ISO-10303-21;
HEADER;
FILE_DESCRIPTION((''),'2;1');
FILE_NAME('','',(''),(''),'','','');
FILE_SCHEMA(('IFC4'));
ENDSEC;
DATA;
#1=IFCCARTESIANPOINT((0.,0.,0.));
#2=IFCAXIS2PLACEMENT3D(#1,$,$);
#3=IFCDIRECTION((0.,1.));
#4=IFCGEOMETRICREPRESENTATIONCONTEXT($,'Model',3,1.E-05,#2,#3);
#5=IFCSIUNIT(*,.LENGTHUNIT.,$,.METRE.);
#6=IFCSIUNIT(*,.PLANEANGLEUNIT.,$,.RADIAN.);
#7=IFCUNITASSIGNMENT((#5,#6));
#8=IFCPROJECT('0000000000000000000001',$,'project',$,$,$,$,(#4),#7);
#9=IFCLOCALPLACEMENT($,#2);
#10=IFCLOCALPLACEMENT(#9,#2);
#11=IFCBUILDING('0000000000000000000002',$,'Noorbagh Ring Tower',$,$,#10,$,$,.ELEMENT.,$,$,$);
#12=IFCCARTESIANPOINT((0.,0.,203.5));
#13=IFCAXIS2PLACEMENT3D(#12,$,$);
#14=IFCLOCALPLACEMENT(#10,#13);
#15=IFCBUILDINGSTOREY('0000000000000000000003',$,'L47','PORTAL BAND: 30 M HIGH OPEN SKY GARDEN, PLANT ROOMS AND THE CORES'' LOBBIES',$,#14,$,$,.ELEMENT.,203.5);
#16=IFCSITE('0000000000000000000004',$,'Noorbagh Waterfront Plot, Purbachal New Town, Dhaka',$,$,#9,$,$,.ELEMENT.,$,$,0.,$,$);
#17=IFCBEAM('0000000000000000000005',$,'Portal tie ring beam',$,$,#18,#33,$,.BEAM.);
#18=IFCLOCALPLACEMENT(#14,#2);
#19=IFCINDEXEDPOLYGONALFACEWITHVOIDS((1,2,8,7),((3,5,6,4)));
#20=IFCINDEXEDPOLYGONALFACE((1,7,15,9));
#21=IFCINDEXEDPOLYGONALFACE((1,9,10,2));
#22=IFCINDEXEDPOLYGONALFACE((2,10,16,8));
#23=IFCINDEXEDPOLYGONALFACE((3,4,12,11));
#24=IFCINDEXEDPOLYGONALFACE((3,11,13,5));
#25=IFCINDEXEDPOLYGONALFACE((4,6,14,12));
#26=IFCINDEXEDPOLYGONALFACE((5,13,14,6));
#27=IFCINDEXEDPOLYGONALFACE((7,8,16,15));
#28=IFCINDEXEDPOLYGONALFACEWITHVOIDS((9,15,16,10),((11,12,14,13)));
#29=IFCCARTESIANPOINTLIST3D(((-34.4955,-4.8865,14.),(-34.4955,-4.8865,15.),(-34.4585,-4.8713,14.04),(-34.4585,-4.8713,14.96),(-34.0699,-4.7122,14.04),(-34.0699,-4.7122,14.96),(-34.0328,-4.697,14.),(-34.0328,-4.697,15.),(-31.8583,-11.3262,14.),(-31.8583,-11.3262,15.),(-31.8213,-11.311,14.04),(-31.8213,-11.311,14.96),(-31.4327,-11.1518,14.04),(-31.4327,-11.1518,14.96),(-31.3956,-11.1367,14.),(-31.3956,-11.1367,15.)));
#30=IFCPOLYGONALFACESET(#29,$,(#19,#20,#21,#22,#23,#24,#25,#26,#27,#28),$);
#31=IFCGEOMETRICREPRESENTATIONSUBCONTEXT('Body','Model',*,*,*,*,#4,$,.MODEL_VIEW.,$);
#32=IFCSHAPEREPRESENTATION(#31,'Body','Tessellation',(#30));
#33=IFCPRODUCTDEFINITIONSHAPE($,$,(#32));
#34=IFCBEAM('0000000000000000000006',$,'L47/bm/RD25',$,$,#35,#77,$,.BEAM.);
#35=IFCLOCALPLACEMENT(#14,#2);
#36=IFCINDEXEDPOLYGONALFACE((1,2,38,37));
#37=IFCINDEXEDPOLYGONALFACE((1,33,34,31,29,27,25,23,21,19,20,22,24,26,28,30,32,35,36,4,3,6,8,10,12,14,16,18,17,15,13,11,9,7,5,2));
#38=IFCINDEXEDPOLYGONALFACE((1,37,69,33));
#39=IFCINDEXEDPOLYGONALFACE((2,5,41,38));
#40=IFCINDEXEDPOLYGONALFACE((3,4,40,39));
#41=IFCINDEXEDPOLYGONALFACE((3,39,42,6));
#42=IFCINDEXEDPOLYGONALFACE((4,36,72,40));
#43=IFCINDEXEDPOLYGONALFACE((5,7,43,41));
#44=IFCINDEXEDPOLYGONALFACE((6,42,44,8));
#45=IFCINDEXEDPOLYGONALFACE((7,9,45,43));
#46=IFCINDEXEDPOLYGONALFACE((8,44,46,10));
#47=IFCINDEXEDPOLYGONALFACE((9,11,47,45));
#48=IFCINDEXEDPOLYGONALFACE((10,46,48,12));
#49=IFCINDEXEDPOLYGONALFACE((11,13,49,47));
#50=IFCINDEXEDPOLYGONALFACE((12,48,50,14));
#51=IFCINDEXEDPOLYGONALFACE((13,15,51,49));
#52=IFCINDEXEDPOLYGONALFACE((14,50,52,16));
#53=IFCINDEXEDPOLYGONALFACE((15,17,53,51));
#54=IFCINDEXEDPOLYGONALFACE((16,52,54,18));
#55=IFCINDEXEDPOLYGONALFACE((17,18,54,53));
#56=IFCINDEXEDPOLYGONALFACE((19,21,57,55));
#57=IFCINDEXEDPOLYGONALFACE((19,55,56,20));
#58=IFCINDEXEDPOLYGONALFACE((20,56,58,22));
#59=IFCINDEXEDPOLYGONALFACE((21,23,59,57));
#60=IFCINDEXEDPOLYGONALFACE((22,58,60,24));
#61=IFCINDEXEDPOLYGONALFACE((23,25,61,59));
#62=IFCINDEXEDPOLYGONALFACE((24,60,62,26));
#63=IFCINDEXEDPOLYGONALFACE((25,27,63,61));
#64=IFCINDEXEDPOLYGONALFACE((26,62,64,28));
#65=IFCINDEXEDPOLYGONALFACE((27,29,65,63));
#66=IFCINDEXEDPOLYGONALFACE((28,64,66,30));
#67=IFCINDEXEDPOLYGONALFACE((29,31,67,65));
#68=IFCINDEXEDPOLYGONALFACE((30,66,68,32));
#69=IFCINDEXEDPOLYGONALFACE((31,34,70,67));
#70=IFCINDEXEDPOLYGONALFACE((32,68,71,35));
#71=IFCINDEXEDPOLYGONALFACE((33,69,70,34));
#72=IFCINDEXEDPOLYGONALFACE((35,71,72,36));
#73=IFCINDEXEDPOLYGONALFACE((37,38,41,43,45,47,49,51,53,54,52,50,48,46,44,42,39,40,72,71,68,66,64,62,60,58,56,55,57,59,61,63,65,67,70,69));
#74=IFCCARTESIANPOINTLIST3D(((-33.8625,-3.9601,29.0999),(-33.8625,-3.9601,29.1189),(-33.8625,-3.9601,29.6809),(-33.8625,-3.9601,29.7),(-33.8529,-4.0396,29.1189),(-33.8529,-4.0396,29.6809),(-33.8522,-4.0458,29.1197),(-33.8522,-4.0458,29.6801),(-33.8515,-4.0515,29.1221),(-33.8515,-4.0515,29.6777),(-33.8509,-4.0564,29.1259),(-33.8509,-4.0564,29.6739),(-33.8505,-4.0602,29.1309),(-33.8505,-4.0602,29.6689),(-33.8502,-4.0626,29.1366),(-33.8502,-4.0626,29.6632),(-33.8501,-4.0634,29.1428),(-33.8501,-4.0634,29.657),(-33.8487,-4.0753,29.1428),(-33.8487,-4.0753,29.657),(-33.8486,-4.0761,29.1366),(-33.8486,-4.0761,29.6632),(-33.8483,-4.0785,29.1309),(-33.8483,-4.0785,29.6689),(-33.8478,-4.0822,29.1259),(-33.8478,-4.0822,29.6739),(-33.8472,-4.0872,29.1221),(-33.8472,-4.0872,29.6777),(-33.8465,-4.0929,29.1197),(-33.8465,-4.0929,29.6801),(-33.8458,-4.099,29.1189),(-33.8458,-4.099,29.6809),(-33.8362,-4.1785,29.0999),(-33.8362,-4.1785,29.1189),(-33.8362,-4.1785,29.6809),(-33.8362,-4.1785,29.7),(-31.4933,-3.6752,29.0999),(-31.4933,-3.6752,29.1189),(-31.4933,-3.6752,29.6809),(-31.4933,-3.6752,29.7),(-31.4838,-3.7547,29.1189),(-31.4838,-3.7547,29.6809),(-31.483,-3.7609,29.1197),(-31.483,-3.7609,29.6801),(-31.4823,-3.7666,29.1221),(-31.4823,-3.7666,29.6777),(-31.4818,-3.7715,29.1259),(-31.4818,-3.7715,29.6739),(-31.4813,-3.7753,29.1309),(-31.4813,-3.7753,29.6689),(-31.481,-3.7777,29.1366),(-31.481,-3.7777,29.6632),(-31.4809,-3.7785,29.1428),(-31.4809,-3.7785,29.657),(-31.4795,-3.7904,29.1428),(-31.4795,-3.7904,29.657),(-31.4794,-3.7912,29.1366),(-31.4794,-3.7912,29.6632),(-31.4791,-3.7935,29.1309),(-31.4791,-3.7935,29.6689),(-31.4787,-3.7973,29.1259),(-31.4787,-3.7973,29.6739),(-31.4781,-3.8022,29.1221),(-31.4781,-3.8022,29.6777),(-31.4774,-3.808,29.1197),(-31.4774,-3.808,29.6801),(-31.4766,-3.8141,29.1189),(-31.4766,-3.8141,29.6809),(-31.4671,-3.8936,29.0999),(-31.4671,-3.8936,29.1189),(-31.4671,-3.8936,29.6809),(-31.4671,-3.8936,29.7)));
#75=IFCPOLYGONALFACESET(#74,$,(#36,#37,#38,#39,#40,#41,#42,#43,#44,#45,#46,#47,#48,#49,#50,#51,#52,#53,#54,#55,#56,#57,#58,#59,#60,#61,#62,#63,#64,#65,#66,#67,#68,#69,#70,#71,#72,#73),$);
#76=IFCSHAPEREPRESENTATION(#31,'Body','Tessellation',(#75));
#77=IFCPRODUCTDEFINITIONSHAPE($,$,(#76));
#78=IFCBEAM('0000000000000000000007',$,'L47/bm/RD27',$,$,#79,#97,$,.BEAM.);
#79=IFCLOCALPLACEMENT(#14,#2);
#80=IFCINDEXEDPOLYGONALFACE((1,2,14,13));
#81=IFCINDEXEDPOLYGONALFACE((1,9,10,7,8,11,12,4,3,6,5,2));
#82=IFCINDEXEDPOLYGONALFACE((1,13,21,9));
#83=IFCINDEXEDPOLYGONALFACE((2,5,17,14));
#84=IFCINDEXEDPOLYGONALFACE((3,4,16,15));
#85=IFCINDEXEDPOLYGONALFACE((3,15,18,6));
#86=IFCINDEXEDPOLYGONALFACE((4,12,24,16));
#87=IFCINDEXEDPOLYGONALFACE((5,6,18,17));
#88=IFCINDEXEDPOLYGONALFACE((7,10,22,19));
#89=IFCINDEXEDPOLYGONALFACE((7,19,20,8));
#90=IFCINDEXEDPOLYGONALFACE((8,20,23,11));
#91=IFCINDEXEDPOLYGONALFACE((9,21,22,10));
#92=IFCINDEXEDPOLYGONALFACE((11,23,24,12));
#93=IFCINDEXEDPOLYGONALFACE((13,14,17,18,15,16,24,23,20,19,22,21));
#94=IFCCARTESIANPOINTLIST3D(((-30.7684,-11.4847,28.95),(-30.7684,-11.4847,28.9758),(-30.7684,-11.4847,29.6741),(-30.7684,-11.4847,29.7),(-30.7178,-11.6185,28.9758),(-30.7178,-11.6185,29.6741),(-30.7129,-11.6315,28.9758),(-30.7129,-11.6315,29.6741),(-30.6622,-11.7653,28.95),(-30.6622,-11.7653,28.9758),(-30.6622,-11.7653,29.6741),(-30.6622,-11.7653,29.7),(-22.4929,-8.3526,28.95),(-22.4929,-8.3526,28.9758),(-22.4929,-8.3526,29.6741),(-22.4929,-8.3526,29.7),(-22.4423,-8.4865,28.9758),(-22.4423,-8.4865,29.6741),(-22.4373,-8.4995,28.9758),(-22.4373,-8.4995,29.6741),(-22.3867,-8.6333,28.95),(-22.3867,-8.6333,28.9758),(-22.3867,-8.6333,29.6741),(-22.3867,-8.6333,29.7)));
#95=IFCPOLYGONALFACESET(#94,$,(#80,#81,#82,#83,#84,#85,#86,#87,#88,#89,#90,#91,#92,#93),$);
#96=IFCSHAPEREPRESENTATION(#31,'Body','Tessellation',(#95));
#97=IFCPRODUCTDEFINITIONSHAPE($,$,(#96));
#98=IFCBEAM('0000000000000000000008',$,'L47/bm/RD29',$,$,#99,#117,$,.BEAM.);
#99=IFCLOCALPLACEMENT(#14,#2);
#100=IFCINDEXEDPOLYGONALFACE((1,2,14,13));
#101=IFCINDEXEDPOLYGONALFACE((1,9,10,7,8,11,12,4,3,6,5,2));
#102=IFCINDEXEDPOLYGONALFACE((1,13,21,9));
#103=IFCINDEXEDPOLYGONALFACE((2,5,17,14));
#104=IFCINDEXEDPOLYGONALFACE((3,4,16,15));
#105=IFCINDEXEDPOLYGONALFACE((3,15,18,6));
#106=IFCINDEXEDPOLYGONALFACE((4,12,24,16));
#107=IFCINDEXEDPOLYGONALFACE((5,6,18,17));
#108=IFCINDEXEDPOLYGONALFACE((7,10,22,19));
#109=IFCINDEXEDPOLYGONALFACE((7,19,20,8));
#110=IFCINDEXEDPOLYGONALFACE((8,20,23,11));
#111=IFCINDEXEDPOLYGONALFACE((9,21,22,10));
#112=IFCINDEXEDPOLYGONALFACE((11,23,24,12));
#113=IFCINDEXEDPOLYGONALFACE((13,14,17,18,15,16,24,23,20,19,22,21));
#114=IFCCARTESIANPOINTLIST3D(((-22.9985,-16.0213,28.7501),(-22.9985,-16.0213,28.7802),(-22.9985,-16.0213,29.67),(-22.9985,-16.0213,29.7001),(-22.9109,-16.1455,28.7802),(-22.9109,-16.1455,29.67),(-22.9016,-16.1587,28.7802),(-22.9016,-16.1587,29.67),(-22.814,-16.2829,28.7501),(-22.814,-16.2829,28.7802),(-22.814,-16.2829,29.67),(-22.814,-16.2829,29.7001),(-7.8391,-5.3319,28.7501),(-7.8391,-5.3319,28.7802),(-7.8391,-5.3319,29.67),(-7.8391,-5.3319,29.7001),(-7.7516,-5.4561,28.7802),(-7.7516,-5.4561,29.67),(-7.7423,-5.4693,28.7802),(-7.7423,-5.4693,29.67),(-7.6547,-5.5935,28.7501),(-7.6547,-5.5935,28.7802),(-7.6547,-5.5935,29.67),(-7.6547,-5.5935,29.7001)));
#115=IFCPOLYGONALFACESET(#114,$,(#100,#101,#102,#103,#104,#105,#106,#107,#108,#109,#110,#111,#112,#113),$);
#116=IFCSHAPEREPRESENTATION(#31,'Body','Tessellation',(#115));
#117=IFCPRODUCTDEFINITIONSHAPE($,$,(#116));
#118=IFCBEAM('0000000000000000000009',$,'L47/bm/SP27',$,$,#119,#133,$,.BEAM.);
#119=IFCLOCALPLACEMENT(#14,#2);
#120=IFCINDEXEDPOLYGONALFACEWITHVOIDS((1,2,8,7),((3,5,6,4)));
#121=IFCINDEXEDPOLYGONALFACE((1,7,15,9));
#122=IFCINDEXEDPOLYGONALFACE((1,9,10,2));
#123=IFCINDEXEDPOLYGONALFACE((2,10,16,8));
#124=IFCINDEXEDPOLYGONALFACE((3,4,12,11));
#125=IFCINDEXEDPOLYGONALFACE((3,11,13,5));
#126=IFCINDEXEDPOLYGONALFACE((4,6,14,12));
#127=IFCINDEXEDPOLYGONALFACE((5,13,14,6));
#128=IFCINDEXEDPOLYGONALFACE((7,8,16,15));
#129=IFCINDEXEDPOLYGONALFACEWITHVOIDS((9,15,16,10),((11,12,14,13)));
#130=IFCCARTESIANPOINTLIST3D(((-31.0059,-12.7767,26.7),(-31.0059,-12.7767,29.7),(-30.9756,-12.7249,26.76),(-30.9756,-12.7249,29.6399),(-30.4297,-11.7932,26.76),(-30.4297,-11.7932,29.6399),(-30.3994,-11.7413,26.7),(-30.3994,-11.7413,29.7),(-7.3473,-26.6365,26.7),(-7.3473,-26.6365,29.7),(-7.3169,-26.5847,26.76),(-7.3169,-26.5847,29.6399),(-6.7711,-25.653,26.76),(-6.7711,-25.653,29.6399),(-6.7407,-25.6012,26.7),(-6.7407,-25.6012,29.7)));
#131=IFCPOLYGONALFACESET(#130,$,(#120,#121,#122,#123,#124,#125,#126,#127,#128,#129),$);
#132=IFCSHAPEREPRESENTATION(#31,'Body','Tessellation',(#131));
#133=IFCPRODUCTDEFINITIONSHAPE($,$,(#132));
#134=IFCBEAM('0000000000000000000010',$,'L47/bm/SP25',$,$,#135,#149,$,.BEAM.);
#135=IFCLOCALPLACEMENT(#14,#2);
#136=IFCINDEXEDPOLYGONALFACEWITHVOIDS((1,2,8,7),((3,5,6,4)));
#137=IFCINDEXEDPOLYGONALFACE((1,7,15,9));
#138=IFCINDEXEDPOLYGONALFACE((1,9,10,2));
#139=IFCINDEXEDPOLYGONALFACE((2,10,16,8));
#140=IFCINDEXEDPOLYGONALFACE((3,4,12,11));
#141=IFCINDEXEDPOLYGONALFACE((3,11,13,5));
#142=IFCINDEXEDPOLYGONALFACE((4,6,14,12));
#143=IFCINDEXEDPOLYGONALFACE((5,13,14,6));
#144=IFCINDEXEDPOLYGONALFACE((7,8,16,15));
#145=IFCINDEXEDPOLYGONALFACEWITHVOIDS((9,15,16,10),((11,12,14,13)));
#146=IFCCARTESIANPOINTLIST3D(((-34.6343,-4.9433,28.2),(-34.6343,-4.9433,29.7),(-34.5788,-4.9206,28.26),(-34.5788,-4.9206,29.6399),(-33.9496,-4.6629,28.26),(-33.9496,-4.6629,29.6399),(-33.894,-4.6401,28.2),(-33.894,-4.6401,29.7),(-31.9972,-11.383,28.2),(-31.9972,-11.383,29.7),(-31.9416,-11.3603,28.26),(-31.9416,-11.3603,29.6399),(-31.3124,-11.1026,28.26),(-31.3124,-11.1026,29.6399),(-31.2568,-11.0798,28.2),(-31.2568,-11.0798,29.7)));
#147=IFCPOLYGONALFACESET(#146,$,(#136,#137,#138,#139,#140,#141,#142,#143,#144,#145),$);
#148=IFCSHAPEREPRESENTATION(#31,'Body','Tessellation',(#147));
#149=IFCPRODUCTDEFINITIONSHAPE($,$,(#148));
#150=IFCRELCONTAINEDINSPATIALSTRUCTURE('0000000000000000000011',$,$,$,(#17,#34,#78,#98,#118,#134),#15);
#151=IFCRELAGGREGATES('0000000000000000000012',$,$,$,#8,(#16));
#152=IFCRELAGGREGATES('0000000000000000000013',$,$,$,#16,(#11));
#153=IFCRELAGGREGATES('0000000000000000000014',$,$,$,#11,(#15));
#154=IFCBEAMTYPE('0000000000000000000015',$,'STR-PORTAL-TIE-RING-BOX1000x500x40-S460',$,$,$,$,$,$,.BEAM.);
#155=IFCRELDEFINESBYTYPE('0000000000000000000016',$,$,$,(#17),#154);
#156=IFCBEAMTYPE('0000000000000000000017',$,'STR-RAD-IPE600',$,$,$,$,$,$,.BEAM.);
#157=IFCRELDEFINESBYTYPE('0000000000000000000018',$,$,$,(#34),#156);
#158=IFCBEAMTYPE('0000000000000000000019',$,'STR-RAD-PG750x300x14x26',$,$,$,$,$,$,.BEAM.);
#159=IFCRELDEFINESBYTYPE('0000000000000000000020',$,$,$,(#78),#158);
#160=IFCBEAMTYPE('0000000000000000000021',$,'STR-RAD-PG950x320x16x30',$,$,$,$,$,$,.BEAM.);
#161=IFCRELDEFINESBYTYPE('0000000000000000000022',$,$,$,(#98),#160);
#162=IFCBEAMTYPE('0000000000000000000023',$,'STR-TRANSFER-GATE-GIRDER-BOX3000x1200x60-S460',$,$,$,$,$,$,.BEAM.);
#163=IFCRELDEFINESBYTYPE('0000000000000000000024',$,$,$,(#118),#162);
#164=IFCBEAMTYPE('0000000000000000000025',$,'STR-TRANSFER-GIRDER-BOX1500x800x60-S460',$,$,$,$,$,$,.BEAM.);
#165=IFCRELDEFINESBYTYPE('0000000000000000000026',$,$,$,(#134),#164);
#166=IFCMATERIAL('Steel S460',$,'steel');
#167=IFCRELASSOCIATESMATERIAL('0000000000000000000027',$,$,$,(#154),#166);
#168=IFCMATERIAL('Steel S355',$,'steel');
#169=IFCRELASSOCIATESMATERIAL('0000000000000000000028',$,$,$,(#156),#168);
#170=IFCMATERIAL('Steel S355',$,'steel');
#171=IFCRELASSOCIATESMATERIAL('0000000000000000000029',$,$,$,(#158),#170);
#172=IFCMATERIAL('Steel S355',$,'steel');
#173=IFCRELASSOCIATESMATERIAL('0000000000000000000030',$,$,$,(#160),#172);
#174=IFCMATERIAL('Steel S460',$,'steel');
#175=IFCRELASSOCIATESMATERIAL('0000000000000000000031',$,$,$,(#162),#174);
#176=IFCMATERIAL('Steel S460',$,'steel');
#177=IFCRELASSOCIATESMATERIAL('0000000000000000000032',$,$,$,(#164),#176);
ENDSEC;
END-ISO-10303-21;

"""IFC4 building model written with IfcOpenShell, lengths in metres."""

from ifc_helpers import new_model, si_unit, direction, frame, origin, origin_2d, place, context, subcontext, project, spatial, hollow_rectangle, i_section, extrude, material, material_profile, profile_set, type_object, element, save


model = new_model("IFC4")

# Units and contexts
model_context = context("Model", 3, precision=1e-05, world=origin(), true_north=direction((0.0, 1.0)))
body_context = subcontext(model_context, "Body", "Model", "MODEL_VIEW")
ifc_project = project(units=[si_unit("LENGTHUNIT", "METRE"), si_unit("PLANEANGLEUNIT", "RADIAN")], contexts=[model_context])

# Site, building, storey
site_placement = place(None, origin())
site = spatial("IfcSite", under=ifc_project, at=site_placement, Name="Noorbagh Waterfront Plot, Purbachal New Town, Dhaka", CompositionType="ELEMENT", RefElevation=0.0)
building_placement = place(site_placement, origin())
building = spatial("IfcBuilding", under=site, at=building_placement, Name="Noorbagh Ring Tower", CompositionType="ELEMENT")
storey_placement = place(building_placement, frame((0.0, 0.0, 203.5)))
storey = spatial("IfcBuildingStorey", under=building, at=storey_placement, Name="L47", Description="PORTAL BAND: 30 M HIGH OPEN SKY GARDEN, PLANT ROOMS AND THE CORES' LOBBIES", CompositionType="ELEMENT", Elevation=203.5)

# Beams
ifc_material_1 = material(Name="Steel S460", Category="steel")
ifc_material_profile_1 = material_profile(ifc_material_1, hollow_rectangle(XDim=0.5, YDim=1.0, WallThickness=0.04, at=origin_2d()), Name="BOX1000x500x40")
ifc_profile_set_1 = profile_set([ifc_material_profile_1], Name="Steel S460")
beam_type_1 = type_object("IfcBeamType", Name="STR-PORTAL-TIE-RING-BOX1000x500x40-S460", PredefinedType="BEAM", material=ifc_profile_set_1)
beam_1_placement = place(storey_placement, frame((-34.2642, -4.7917, 14.5), z_axis=(0.378976, -0.925407, 0.0), x_axis=(0.925407, 0.378976, 0.0)))
element("IfcBeam", 1, at=beam_1_placement, inside=storey, type_object=beam_type_1, Name="Portal tie ring beam", PredefinedType="BEAM", context=body_context, shape_type="SweptSolid", body=[
    extrude(hollow_rectangle(XDim=0.5, YDim=1.0, WallThickness=0.04, at=origin_2d()), origin(), (0.0, 0.0, 1.0), 6.9587),
])
ifc_material_2 = material(Name="Steel S355", Category="steel")
ifc_material_profile_2 = material_profile(ifc_material_2, i_section(OverallWidth=0.22, OverallDepth=0.6001, WebThickness=0.012, FlangeThickness=0.019, FilletRadius=0.0239, at=origin_2d()), Name="IPE600")
ifc_profile_set_2 = profile_set([ifc_material_profile_2], Name="Steel S355")
beam_type_2 = type_object("IfcBeamType", Name="STR-RAD-IPE600", PredefinedType="BEAM", material=ifc_profile_set_2)
beam_2_placement = place(storey_placement, frame((-33.8494, -4.0693, 29.3999), z_axis=(0.992846, 0.119399, 0.0), x_axis=(-0.119399, 0.992846, 0.0)))
element("IfcBeam", 2, at=beam_2_placement, inside=storey, type_object=beam_type_2, Name="L47/bm/RD25", PredefinedType="BEAM", context=body_context, shape_type="SweptSolid", body=[
    extrude(i_section(OverallWidth=0.22, OverallDepth=0.6001, WebThickness=0.012, FlangeThickness=0.019, FilletRadius=0.0239, at=origin_2d()), origin(), (0.0, 0.0, 1.0), 2.3862),
])
ifc_material_3 = material(Name="Steel S355", Category="steel")
ifc_material_profile_3 = material_profile(ifc_material_3, i_section(OverallWidth=0.3, OverallDepth=0.75, WebThickness=0.0139, FlangeThickness=0.0259, at=origin_2d()), Name="PG750x300x14x26")
ifc_profile_set_3 = profile_set([ifc_material_profile_3], Name="Steel S355")
beam_type_3 = type_object("IfcBeamType", Name="STR-RAD-PG750x300x14x26", PredefinedType="BEAM", material=ifc_profile_set_3)
beam_3_placement = place(storey_placement, frame((-30.7153, -11.625, 29.325), z_axis=(0.935258, 0.353967, 0.0), x_axis=(-0.353967, 0.935258, 0.0)))
element("IfcBeam", 3, at=beam_3_placement, inside=storey, type_object=beam_type_3, Name="L47/bm/RD27", PredefinedType="BEAM", context=body_context, shape_type="SweptSolid", body=[
    extrude(i_section(OverallWidth=0.3, OverallDepth=0.75, WebThickness=0.0139, FlangeThickness=0.0259, at=origin_2d()), origin(), (0.0, 0.0, 1.0), 8.8484),
])
ifc_material_4 = material(Name="Steel S355", Category="steel")
ifc_material_profile_4 = material_profile(ifc_material_4, i_section(OverallWidth=0.3201, OverallDepth=0.95, WebThickness=0.0161, FlangeThickness=0.03, at=origin_2d()), Name="PG950x320x16x30")
ifc_profile_set_4 = profile_set([ifc_material_profile_4], Name="Steel S355")
beam_type_4 = type_object("IfcBeamType", Name="STR-RAD-PG950x320x16x30", PredefinedType="BEAM", material=ifc_profile_set_4)
beam_4_placement = place(storey_placement, frame((-22.9062, -16.1521, 29.2251), z_axis=(0.817255, 0.576276, 0.0), x_axis=(-0.576276, 0.817255, 0.0)))
element("IfcBeam", 4, at=beam_4_placement, inside=storey, type_object=beam_type_4, Name="L47/bm/RD29", PredefinedType="BEAM", context=body_context, shape_type="SweptSolid", body=[
    extrude(i_section(OverallWidth=0.3201, OverallDepth=0.95, WebThickness=0.0161, FlangeThickness=0.03, at=origin_2d()), origin(), (0.0, 0.0, 1.0), 18.5491),
])
ifc_material_5 = material(Name="Steel S460", Category="steel")
ifc_material_profile_5 = material_profile(ifc_material_5, hollow_rectangle(XDim=1.2, YDim=3.0, WallThickness=0.0601, at=origin_2d()), Name="BOX3000x1200x60")
ifc_profile_set_5 = profile_set([ifc_material_profile_5], Name="Steel S460")
beam_type_5 = type_object("IfcBeamType", Name="STR-TRANSFER-GATE-GIRDER-BOX3000x1200x60-S460", PredefinedType="BEAM", material=ifc_profile_set_5)
beam_5_placement = place(storey_placement, frame((-30.7026, -12.259, 28.2), z_axis=(0.862842, -0.505475, 0.0), x_axis=(0.505475, 0.862842, 0.0)))
element("IfcBeam", 5, at=beam_5_placement, inside=storey, type_object=beam_type_5, Name="L47/bm/SP27", PredefinedType="BEAM", context=body_context, shape_type="SweptSolid", body=[
    extrude(hollow_rectangle(XDim=1.2, YDim=3.0, WallThickness=0.0601, at=origin_2d()), origin(), (0.0, 0.0, 1.0), 27.4194),
])
ifc_material_6 = material(Name="Steel S460", Category="steel")
ifc_material_profile_6 = material_profile(ifc_material_6, hollow_rectangle(XDim=0.8, YDim=1.5, WallThickness=0.0601, at=origin_2d()), Name="BOX1500x800x60")
ifc_profile_set_6 = profile_set([ifc_material_profile_6], Name="Steel S460")
beam_type_6 = type_object("IfcBeamType", Name="STR-TRANSFER-GIRDER-BOX1500x800x60-S460", PredefinedType="BEAM", material=ifc_profile_set_6)
beam_6_placement = place(storey_placement, frame((-34.2642, -4.7917, 28.95), z_axis=(0.378976, -0.925407, 0.0), x_axis=(0.925407, 0.378976, 0.0)))
element("IfcBeam", 6, at=beam_6_placement, inside=storey, type_object=beam_type_6, Name="L47/bm/SP25", PredefinedType="BEAM", context=body_context, shape_type="SweptSolid", body=[
    extrude(hollow_rectangle(XDim=0.8, YDim=1.5, WallThickness=0.0601, at=origin_2d()), origin(), (0.0, 0.0, 1.0), 6.9587),
])

save(model, "model.ifc")
